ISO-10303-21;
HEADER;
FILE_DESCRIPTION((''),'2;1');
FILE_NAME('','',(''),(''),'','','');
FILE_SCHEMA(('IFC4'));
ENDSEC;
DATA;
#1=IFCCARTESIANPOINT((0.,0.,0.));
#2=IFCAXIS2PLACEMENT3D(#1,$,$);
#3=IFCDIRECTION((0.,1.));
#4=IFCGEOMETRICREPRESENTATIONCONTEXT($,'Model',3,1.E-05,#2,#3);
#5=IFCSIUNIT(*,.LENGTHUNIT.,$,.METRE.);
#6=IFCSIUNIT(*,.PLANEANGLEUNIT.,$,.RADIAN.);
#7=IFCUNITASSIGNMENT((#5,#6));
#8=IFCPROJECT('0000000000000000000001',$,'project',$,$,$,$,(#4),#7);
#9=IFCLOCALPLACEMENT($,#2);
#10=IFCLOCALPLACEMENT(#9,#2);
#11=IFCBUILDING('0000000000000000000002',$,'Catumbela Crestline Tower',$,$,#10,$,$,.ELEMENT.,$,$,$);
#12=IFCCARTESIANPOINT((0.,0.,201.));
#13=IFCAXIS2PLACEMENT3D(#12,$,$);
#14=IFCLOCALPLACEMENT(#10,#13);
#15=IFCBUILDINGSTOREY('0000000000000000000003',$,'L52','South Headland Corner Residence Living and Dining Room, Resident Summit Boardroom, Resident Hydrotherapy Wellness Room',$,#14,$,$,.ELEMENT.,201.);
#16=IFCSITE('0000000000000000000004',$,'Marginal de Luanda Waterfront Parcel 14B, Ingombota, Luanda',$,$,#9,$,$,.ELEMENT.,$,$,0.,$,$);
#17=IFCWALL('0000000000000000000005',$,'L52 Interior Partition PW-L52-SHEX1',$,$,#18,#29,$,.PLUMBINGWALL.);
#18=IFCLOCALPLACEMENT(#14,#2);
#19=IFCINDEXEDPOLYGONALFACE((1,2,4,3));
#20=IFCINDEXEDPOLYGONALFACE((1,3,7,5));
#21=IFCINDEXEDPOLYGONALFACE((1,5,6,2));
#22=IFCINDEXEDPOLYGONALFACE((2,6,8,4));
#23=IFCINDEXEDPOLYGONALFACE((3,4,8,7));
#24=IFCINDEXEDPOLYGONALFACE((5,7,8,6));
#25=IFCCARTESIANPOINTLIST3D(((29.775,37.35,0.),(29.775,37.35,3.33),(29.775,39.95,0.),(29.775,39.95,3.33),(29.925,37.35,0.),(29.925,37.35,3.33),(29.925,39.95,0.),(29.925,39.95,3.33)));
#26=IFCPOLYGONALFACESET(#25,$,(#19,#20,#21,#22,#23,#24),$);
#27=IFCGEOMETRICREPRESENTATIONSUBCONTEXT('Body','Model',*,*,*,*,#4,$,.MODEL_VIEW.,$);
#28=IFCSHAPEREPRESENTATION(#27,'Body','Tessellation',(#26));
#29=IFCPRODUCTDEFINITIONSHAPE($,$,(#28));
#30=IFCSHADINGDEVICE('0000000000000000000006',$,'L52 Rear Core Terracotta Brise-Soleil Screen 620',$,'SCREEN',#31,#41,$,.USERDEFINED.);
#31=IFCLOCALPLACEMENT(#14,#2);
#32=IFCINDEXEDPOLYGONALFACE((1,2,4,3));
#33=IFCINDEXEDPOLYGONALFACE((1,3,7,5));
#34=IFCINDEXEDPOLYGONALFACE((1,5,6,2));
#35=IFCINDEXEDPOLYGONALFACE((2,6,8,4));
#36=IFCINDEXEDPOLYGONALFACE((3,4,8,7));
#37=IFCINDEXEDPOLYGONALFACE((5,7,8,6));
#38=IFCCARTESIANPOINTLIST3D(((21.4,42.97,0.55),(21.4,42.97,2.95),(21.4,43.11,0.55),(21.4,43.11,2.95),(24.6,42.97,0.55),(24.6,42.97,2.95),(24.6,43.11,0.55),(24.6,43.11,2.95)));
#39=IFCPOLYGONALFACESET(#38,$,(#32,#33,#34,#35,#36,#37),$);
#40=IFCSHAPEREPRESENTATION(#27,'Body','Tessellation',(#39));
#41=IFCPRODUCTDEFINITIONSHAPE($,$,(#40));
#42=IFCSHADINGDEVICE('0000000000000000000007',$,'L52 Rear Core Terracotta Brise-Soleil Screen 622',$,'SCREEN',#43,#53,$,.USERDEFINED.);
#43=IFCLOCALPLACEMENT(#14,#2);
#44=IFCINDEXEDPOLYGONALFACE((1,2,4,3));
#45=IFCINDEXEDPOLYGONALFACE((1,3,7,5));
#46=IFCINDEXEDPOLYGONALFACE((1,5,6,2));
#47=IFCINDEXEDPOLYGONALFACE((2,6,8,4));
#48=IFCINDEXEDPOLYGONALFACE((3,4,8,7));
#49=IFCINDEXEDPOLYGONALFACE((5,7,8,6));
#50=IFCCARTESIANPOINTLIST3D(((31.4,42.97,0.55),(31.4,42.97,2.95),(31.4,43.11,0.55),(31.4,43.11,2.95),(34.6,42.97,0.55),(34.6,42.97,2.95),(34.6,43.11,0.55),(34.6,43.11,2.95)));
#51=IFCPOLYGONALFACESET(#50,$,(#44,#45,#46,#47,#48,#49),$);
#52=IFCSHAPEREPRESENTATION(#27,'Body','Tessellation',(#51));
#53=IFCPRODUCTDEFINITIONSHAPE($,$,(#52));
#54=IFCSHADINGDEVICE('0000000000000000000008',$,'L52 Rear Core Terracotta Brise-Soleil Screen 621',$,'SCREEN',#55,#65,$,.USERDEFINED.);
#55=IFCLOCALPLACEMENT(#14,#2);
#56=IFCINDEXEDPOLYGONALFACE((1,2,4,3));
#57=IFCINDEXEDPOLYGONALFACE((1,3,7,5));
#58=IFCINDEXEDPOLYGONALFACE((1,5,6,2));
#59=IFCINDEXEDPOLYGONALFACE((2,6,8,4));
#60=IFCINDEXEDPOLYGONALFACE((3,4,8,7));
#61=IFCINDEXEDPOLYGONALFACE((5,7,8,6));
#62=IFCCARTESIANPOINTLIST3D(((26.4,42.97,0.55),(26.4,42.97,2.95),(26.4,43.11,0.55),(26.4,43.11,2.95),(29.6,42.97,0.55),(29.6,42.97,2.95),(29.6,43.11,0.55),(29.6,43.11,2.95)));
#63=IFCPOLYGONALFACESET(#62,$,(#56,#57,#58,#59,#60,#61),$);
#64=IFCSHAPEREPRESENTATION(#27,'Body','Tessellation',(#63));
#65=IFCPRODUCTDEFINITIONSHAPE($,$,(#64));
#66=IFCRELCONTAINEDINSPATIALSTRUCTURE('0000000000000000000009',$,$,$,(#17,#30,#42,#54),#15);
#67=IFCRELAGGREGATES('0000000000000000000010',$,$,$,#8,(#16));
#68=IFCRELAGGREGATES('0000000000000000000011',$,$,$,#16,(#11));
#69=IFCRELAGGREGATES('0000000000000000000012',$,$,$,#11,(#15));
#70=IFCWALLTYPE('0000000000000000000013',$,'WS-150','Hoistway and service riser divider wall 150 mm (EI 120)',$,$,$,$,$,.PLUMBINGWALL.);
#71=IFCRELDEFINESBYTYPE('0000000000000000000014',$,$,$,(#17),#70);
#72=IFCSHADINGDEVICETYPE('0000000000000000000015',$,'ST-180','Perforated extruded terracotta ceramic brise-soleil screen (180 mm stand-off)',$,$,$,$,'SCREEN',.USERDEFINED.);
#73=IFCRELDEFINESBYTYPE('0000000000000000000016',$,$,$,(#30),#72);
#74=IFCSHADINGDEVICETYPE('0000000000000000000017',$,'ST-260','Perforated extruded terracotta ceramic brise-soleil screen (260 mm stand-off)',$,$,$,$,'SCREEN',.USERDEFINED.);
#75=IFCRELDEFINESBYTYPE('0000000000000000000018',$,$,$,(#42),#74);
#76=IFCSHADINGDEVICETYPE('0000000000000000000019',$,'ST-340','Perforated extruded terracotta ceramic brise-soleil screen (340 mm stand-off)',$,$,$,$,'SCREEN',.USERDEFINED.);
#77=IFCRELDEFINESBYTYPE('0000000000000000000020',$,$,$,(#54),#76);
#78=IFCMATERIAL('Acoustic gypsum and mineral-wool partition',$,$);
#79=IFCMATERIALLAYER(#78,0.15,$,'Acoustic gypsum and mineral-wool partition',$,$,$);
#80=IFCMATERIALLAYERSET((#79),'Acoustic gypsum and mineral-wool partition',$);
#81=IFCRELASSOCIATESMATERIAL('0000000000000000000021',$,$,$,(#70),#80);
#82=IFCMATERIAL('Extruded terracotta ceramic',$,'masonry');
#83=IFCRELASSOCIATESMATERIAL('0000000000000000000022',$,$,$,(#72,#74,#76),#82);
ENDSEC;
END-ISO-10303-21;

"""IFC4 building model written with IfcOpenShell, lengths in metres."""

from ifc_helpers import new_model, si_unit, direction, frame, frame_2d, origin, origin_2d, place, context, subcontext, project, spatial, rectangle, extrude, material, layer, layer_set, type_object, element, save


model = new_model("IFC4")

# Units and contexts
model_context = context("Model", 3, precision=1e-05, world=origin(), true_north=direction((0.0, 1.0)))
body_context = subcontext(model_context, "Body", "Model", "MODEL_VIEW")
ifc_project = project(units=[si_unit("LENGTHUNIT", "METRE"), si_unit("PLANEANGLEUNIT", "RADIAN")], contexts=[model_context])

# Site, building, storey
site_placement = place(None, origin())
site = spatial("IfcSite", under=ifc_project, at=site_placement, Name="Marginal de Luanda Waterfront Parcel 14B, Ingombota, Luanda", CompositionType="ELEMENT", RefElevation=0.0)
building_placement = place(site_placement, origin())
building = spatial("IfcBuilding", under=site, at=building_placement, Name="Catumbela Crestline Tower", CompositionType="ELEMENT")
storey_placement = place(building_placement, frame((0.0, 0.0, 201.0)))
storey = spatial("IfcBuildingStorey", under=building, at=storey_placement, Name="L52", Description="South Headland Corner Residence Living and Dining Room, Resident Summit Boardroom, Resident Hydrotherapy Wellness Room", CompositionType="ELEMENT", Elevation=201.0)

# Shared definitions
ifc_material_1 = material(Name="Acoustic gypsum and mineral-wool partition")

# Wall
ifc_layer_1 = layer(ifc_material_1, 0.15, Name="Acoustic gypsum and mineral-wool partition")
ifc_layer_set_1 = layer_set([ifc_layer_1], Name="Acoustic gypsum and mineral-wool partition")
wall_type_1 = type_object("IfcWallType", Name="WS-150", Description="Hoistway and service riser divider wall 150 mm (EI 120)", PredefinedType="PLUMBINGWALL", material=ifc_layer_set_1)
wall_1_placement = place(storey_placement, frame((29.85, 37.35, 0.0), z_axis=(0.0, 0.0, 1.0), x_axis=(0.0, 1.0, 0.0)))
element("IfcWall", 1, at=wall_1_placement, inside=storey, type_object=wall_type_1, Name="L52 Interior Partition PW-L52-SHEX1", PredefinedType="PLUMBINGWALL", context=body_context, shape_type="SweptSolid", body=[
    extrude(rectangle(XDim=2.6, YDim=0.15, at=frame_2d((1.3, 0.0))), origin(), (0.0, 0.0, 1.0), 3.33),
])

# Shading devices
ifc_material_2 = material(Name="Extruded terracotta ceramic", Category="masonry")
shading_device_type_1 = type_object("IfcShadingDeviceType", Name="ST-180", Description="Perforated extruded terracotta ceramic brise-soleil screen (180 mm stand-off)", ElementType="SCREEN", PredefinedType="USERDEFINED", material=ifc_material_2)
shading_device_1_placement = place(storey_placement, frame((23.0, 43.04, 0.55), z_axis=(0.0, 0.0, 1.0), x_axis=(1.0, 0.0, 0.0)))
element("IfcShadingDevice", 2, at=shading_device_1_placement, inside=storey, type_object=shading_device_type_1, Name="L52 Rear Core Terracotta Brise-Soleil Screen 620", ObjectType="SCREEN", PredefinedType="USERDEFINED", context=body_context, shape_type="SweptSolid", body=[
    extrude(rectangle(XDim=3.2, YDim=0.14, at=origin_2d()), origin(), (0.0, 0.0, 1.0), 2.4),
])
shading_device_type_2 = type_object("IfcShadingDeviceType", Name="ST-260", Description="Perforated extruded terracotta ceramic brise-soleil screen (260 mm stand-off)", ElementType="SCREEN", PredefinedType="USERDEFINED", material=ifc_material_2)
shading_device_2_placement = place(storey_placement, frame((33.0, 43.04, 0.55), z_axis=(0.0, 0.0, 1.0), x_axis=(1.0, 0.0, 0.0)))
element("IfcShadingDevice", 3, at=shading_device_2_placement, inside=storey, type_object=shading_device_type_2, Name="L52 Rear Core Terracotta Brise-Soleil Screen 622", ObjectType="SCREEN", PredefinedType="USERDEFINED", context=body_context, shape_type="SweptSolid", body=[
    extrude(rectangle(XDim=3.2, YDim=0.14, at=origin_2d()), origin(), (0.0, 0.0, 1.0), 2.4),
])
shading_device_type_3 = type_object("IfcShadingDeviceType", Name="ST-340", Description="Perforated extruded terracotta ceramic brise-soleil screen (340 mm stand-off)", ElementType="SCREEN", PredefinedType="USERDEFINED", material=ifc_material_2)
shading_device_3_placement = place(storey_placement, frame((28.0, 43.04, 0.55), z_axis=(0.0, 0.0, 1.0), x_axis=(1.0, 0.0, 0.0)))
element("IfcShadingDevice", 4, at=shading_device_3_placement, inside=storey, type_object=shading_device_type_3, Name="L52 Rear Core Terracotta Brise-Soleil Screen 621", ObjectType="SCREEN", PredefinedType="USERDEFINED", context=body_context, shape_type="SweptSolid", body=[
    extrude(rectangle(XDim=3.2, YDim=0.14, at=origin_2d()), origin(), (0.0, 0.0, 1.0), 2.4),
])

save(model, "model.ifc")
